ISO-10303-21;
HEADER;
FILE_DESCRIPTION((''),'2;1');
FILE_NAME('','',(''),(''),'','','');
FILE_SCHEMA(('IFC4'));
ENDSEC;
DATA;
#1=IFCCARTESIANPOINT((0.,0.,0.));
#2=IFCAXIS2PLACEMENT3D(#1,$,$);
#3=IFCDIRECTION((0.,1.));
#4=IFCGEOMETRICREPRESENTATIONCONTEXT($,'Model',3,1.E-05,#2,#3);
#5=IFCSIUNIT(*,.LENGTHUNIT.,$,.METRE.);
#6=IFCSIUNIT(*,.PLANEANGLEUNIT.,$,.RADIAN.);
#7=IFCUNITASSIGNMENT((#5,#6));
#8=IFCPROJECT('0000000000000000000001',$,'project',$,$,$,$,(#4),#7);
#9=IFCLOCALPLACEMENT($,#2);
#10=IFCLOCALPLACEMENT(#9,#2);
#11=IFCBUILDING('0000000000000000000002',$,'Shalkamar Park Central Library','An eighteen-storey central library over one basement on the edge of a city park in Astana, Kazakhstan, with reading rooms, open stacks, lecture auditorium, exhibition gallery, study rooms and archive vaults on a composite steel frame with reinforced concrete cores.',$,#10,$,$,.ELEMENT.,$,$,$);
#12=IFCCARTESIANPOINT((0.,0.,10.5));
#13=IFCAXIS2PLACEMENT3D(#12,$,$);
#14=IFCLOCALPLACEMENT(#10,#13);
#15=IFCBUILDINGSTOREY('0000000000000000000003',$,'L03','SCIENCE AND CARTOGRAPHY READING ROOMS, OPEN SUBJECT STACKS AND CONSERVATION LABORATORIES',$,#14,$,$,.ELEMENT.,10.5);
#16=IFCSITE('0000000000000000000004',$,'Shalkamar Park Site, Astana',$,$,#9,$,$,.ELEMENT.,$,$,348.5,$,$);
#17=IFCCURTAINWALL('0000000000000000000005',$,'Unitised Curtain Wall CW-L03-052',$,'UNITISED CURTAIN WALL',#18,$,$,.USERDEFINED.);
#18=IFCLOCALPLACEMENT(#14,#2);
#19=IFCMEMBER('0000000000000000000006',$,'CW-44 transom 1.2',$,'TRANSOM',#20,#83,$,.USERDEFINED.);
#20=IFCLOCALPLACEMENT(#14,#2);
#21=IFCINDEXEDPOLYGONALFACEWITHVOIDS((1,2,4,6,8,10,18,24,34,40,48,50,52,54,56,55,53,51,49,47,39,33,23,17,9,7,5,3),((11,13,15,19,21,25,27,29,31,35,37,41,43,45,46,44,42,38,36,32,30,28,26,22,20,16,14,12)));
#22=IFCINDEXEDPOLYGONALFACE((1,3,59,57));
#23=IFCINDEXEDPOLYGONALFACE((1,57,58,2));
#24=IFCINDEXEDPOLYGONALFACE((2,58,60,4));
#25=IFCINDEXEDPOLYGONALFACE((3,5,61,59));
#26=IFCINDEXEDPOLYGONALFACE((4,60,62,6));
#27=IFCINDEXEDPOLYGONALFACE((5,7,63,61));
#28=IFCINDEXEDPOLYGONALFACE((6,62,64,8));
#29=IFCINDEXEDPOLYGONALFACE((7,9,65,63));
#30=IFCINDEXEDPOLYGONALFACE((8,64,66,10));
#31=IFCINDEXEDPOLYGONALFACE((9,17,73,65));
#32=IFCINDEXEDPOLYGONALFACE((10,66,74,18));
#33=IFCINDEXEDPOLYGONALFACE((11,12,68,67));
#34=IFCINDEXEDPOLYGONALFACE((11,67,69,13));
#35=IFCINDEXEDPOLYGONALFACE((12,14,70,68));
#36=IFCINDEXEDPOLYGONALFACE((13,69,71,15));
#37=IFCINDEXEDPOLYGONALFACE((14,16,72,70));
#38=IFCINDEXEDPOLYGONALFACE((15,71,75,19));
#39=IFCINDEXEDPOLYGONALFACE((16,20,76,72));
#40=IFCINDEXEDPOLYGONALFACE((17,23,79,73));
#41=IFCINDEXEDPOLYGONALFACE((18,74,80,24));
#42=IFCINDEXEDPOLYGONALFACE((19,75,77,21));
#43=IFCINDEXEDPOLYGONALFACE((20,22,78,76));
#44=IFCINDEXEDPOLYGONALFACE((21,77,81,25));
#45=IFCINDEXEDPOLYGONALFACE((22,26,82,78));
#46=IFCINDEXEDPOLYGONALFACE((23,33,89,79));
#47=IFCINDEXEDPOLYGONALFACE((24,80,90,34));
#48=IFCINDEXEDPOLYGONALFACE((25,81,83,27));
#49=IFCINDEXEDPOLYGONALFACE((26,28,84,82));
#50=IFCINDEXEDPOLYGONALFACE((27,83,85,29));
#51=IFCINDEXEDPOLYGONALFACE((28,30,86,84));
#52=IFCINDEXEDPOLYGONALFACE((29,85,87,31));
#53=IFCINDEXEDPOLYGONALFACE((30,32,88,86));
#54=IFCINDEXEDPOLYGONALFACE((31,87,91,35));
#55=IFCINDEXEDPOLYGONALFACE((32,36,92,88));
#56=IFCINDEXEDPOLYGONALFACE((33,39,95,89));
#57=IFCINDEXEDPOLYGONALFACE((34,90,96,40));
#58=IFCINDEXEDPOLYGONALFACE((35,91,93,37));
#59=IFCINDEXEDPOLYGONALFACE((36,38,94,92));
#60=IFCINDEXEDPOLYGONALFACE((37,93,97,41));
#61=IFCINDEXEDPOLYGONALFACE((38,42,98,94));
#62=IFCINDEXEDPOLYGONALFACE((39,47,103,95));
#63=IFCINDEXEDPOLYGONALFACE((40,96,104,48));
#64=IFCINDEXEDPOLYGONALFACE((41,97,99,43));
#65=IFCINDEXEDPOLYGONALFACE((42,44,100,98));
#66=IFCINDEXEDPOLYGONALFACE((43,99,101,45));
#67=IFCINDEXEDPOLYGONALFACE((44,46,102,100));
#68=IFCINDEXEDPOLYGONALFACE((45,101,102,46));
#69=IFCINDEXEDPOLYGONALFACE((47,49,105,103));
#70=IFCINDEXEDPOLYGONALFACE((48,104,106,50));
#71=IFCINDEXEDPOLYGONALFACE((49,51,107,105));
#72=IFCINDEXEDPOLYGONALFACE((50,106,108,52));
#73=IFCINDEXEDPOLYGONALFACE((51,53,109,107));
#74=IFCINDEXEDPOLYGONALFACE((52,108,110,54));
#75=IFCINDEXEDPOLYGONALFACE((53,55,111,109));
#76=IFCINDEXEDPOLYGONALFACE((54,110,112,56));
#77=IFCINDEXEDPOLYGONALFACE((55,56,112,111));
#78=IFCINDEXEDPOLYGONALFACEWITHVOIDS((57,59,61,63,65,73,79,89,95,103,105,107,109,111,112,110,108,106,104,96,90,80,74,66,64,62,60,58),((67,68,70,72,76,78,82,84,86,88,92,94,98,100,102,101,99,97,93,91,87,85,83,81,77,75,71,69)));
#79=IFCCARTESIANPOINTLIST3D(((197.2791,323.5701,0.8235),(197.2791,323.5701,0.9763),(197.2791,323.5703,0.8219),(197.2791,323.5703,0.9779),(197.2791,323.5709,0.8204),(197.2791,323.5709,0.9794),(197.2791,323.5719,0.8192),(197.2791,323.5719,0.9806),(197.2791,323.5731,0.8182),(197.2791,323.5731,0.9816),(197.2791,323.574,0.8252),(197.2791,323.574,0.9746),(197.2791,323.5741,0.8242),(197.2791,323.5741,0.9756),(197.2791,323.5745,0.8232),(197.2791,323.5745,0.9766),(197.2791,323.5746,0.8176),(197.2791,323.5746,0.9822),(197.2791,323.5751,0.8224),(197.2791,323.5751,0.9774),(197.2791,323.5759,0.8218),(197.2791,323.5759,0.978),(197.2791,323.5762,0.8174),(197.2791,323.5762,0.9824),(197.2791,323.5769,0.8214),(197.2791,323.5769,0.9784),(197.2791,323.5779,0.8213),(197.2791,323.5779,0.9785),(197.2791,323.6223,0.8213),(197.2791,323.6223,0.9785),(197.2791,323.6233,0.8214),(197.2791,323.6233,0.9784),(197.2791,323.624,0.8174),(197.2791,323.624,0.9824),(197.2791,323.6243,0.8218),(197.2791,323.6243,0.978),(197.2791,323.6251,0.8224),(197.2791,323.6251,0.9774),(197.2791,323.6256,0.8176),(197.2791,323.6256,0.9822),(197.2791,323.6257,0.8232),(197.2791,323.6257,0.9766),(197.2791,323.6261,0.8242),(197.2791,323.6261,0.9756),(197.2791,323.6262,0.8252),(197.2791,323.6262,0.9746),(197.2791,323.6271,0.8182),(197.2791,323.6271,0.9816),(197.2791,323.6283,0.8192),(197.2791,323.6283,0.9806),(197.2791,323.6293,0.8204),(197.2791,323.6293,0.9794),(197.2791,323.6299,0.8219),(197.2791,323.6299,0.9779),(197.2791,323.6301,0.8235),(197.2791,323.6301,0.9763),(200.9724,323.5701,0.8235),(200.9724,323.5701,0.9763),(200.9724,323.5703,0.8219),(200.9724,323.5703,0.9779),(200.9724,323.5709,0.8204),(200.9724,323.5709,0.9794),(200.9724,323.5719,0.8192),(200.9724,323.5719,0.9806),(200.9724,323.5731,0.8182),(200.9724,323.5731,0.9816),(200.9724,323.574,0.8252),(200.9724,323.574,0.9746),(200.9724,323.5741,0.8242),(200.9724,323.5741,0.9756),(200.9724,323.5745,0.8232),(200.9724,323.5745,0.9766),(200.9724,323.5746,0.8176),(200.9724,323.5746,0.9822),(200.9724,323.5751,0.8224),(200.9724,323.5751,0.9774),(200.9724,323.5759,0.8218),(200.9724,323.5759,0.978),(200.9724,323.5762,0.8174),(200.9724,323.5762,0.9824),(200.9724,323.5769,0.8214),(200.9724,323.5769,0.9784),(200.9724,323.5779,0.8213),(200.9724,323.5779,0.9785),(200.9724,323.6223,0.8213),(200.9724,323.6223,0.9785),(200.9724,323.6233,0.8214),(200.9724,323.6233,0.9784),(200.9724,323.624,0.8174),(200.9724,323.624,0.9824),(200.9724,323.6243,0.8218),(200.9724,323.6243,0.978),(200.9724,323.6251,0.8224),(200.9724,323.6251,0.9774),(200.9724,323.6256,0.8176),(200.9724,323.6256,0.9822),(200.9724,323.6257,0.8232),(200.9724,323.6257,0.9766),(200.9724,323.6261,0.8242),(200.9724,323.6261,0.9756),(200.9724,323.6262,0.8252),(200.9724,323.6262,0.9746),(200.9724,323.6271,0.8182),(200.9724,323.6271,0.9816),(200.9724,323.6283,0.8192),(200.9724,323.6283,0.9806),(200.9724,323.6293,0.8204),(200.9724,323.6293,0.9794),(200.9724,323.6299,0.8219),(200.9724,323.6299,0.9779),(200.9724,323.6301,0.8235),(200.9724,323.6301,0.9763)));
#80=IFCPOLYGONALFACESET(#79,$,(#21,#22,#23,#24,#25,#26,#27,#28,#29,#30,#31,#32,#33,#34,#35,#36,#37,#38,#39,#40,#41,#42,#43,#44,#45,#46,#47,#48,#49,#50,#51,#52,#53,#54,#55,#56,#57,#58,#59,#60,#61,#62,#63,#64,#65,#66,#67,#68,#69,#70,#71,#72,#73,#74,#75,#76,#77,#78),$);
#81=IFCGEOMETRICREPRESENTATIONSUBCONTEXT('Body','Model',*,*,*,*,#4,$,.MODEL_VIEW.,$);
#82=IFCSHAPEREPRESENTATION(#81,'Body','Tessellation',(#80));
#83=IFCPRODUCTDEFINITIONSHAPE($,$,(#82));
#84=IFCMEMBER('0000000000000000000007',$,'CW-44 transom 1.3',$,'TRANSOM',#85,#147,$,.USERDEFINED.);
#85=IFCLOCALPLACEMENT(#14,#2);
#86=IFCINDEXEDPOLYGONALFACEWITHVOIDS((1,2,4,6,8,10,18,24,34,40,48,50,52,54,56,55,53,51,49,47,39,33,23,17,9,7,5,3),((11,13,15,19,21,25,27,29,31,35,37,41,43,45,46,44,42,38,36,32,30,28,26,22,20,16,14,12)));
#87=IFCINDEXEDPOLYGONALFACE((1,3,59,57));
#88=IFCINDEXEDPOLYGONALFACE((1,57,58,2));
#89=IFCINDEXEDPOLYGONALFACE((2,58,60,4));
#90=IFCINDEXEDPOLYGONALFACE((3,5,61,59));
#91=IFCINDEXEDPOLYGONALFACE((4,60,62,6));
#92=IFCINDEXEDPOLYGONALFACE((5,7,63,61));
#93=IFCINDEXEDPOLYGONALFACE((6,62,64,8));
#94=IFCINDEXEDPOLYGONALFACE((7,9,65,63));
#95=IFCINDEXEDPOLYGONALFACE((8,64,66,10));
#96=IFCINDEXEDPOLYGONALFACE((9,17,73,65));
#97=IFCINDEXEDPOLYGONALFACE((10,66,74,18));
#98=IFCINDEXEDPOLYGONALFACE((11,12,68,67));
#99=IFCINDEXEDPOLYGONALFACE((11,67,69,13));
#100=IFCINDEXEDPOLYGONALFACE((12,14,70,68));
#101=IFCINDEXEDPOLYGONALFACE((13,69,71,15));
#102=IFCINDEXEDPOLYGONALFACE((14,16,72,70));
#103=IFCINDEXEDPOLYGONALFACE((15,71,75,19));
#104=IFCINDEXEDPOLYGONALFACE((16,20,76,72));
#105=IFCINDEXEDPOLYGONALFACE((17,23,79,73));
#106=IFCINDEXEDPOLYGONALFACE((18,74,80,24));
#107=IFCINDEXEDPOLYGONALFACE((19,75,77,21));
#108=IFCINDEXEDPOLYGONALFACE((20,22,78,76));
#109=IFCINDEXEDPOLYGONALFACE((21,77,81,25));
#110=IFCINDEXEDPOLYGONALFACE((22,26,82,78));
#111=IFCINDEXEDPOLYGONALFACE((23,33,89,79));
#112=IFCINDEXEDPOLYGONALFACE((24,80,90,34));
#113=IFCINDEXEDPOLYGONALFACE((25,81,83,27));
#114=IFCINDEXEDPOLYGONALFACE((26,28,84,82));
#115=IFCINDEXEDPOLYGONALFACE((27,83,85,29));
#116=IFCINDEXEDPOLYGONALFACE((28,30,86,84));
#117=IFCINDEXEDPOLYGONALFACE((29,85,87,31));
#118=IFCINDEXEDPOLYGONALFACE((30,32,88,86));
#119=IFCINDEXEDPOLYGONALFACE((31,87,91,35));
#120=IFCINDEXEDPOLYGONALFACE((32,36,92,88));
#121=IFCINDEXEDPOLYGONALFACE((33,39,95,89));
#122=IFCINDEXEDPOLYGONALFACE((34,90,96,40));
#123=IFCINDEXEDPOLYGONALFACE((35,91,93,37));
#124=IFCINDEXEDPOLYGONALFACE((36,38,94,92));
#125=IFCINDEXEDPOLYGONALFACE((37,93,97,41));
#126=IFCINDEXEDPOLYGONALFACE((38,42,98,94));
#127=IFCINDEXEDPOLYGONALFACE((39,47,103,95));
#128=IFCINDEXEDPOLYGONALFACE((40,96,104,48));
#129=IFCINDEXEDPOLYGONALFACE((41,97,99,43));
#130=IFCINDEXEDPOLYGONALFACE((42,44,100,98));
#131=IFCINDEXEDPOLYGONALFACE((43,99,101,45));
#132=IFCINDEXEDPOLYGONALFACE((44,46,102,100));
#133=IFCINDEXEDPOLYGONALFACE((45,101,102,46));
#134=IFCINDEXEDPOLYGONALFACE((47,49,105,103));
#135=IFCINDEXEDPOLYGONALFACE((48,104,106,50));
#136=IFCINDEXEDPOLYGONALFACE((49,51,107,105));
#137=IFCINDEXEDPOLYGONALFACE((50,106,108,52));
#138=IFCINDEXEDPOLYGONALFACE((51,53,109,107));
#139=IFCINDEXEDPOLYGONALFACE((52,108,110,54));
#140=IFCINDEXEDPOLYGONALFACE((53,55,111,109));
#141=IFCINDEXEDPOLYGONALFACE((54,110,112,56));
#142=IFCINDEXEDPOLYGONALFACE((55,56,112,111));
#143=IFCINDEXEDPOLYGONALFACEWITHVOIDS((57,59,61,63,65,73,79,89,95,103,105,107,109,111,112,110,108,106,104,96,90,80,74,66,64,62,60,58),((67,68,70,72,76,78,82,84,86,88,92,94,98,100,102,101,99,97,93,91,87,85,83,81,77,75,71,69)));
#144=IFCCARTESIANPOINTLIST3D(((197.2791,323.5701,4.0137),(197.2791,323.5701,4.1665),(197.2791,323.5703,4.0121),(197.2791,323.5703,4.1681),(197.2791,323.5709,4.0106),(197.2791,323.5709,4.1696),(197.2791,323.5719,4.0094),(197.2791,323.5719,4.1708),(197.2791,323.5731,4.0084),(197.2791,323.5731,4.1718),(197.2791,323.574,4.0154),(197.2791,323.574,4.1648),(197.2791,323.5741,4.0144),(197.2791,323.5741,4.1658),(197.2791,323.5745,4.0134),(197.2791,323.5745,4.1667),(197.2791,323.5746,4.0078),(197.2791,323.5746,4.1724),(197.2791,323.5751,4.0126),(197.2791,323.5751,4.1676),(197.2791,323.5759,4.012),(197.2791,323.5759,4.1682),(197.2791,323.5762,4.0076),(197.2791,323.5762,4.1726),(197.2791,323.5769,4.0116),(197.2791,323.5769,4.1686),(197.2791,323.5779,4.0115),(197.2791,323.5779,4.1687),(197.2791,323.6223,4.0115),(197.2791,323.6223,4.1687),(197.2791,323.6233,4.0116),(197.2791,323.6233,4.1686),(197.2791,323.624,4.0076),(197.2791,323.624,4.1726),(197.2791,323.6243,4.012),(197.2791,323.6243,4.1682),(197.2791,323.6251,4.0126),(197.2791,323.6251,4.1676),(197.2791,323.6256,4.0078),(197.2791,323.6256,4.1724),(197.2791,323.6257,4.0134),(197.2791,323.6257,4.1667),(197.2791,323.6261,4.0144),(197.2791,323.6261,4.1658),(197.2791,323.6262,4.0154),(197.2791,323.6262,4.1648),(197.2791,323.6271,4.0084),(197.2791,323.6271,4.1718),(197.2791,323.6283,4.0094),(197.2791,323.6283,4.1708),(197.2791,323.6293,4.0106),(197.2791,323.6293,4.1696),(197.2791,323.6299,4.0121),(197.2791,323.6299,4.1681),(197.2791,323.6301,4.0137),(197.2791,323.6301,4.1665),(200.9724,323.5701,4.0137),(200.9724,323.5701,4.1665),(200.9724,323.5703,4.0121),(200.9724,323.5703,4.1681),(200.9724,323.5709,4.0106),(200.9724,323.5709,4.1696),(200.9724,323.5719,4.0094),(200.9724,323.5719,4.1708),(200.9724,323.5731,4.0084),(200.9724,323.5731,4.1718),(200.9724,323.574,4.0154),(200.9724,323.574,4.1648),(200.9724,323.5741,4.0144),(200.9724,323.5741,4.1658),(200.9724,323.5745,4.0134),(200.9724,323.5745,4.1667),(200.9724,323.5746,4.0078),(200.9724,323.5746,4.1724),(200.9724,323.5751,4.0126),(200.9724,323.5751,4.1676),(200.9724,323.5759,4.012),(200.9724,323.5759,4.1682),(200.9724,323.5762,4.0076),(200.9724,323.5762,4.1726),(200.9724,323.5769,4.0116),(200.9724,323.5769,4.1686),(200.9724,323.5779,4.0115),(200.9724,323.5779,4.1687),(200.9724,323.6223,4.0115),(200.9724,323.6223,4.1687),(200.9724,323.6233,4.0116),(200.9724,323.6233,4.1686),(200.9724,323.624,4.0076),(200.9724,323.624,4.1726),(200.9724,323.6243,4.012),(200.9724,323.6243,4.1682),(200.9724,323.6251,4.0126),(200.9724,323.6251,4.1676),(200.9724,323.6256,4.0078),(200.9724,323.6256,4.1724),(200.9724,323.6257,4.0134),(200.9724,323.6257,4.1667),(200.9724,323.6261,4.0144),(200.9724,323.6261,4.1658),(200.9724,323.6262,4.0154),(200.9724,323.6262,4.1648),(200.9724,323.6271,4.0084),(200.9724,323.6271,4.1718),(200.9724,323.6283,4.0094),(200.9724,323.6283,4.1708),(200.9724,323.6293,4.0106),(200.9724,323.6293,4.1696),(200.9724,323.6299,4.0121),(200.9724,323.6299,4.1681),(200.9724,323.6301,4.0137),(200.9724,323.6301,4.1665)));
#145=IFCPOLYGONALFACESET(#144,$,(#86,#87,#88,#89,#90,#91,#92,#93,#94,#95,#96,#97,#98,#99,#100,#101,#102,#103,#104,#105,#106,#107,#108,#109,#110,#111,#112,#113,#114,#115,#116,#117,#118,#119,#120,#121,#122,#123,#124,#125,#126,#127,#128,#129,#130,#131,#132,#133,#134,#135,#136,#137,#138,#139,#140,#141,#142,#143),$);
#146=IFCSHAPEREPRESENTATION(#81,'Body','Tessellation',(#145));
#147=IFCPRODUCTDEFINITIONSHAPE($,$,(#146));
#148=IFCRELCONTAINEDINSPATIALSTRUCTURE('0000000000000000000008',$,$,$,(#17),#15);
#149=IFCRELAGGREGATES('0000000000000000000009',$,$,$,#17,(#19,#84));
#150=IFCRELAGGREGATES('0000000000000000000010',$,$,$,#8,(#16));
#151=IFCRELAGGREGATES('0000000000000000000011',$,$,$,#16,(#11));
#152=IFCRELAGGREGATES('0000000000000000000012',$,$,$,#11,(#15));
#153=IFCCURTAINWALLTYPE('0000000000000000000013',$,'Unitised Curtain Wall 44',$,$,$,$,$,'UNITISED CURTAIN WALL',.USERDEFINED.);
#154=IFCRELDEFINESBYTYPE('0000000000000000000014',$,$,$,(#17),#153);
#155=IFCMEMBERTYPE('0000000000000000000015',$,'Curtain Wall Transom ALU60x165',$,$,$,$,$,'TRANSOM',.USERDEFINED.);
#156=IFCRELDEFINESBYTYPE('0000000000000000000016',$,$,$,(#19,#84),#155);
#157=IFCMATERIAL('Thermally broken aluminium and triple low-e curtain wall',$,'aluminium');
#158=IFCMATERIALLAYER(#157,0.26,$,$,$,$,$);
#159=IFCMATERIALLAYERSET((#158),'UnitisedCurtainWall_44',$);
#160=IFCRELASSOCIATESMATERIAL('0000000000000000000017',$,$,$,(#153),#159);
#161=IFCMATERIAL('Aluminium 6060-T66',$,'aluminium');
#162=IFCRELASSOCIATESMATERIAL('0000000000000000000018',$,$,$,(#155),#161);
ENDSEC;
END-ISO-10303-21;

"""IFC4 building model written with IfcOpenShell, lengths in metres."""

from ifc_helpers import new_model, si_unit, direction, frame, origin, origin_2d, place, context, subcontext, project, spatial, hollow_rectangle, extrude, material, layer, layer_set, material_profile, profile_set, type_object, element, aggregate, save


model = new_model("IFC4")

# Units and contexts
model_context = context("Model", 3, precision=1e-05, world=origin(), true_north=direction((0.0, 1.0)))
body_context = subcontext(model_context, "Body", "Model", "MODEL_VIEW")
ifc_project = project(units=[si_unit("LENGTHUNIT", "METRE"), si_unit("PLANEANGLEUNIT", "RADIAN")], contexts=[model_context])

# Site, building, storey
site_placement = place(None, origin())
site = spatial("IfcSite", under=ifc_project, at=site_placement, Name="Shalkamar Park Site, Astana", CompositionType="ELEMENT", RefElevation=348.5)
building_placement = place(site_placement, origin())
building = spatial("IfcBuilding", under=site, at=building_placement, Name="Shalkamar Park Central Library", Description="An eighteen-storey central library over one basement on the edge of a city park in Astana, Kazakhstan, with reading rooms, open stacks, lecture auditorium, exhibition gallery, study rooms and archive vaults on a composite steel frame with reinforced concrete cores.", CompositionType="ELEMENT")
storey_placement = place(building_placement, frame((0.0, 0.0, 10.5)))
storey = spatial("IfcBuildingStorey", under=building, at=storey_placement, Name="L03", Description="SCIENCE AND CARTOGRAPHY READING ROOMS, OPEN SUBJECT STACKS AND CONSERVATION LABORATORIES", CompositionType="ELEMENT", Elevation=10.5)

# Shared definitions
ifc_material_1 = material(Name="Thermally broken aluminium and triple low-e curtain wall", Category="aluminium")
ifc_material_2 = material(Name="Aluminium 6060-T66", Category="aluminium")

# Curtain wall, members
ifc_layer_1 = layer(ifc_material_1, 0.26)
ifc_layer_set_1 = layer_set([ifc_layer_1], Name="UnitisedCurtainWall_44")
curtain_wall_type_1 = type_object("IfcCurtainWallType", Name="Unitised Curtain Wall 44", ElementType="UNITISED CURTAIN WALL", PredefinedType="USERDEFINED", material=ifc_layer_set_1)
curtain_wall_1_placement = place(storey_placement, origin())
curtain_wall_1 = element("IfcCurtainWall", 1, at=curtain_wall_1_placement, inside=storey, type_object=curtain_wall_type_1, Name="Unitised Curtain Wall CW-L03-052", ObjectType="UNITISED CURTAIN WALL", PredefinedType="USERDEFINED")
ifc_material_profile_1 = material_profile(ifc_material_2, hollow_rectangle(XDim=0.0601, YDim=0.165, WallThickness=0.0039, InnerFilletRadius=0.0039, OuterFilletRadius=0.0061, at=origin_2d()), Name="ALU 60x165x4")
ifc_profile_set_1 = profile_set([ifc_material_profile_1], Name="Aluminium 6060-T66")
member_type_1 = type_object("IfcMemberType", Name="Curtain Wall Transom ALU60x165", ElementType="TRANSOM", PredefinedType="USERDEFINED", material=ifc_profile_set_1)
member_1_placement = place(storey_placement, frame((197.2791, 323.6001, 0.8999), z_axis=(1.0, 0.0, 0.0), x_axis=(0.0, 1.0, 0.0)))
member_1 = element("IfcMember", 2, at=member_1_placement, type_object=member_type_1, Name="CW-44 transom 1.2", ObjectType="TRANSOM", PredefinedType="USERDEFINED", context=body_context, shape_type="SweptSolid", body=[
    extrude(hollow_rectangle(XDim=0.0601, YDim=0.165, WallThickness=0.0039, InnerFilletRadius=0.0039, OuterFilletRadius=0.0061, at=origin_2d()), origin(), (0.0, 0.0, 1.0), 3.6934),
])
member_2_placement = place(storey_placement, frame((197.2791, 323.6001, 4.0901), z_axis=(1.0, 0.0, 0.0), x_axis=(0.0, 1.0, 0.0)))
member_2 = element("IfcMember", 3, at=member_2_placement, type_object=member_type_1, Name="CW-44 transom 1.3", ObjectType="TRANSOM", PredefinedType="USERDEFINED", context=body_context, shape_type="SweptSolid", body=[
    extrude(hollow_rectangle(XDim=0.0601, YDim=0.165, WallThickness=0.0039, InnerFilletRadius=0.0039, OuterFilletRadius=0.0061, at=origin_2d()), origin(), (0.0, 0.0, 1.0), 3.6934),
])

aggregate(curtain_wall_1, [member_1, member_2])

save(model, "model.ifc")
